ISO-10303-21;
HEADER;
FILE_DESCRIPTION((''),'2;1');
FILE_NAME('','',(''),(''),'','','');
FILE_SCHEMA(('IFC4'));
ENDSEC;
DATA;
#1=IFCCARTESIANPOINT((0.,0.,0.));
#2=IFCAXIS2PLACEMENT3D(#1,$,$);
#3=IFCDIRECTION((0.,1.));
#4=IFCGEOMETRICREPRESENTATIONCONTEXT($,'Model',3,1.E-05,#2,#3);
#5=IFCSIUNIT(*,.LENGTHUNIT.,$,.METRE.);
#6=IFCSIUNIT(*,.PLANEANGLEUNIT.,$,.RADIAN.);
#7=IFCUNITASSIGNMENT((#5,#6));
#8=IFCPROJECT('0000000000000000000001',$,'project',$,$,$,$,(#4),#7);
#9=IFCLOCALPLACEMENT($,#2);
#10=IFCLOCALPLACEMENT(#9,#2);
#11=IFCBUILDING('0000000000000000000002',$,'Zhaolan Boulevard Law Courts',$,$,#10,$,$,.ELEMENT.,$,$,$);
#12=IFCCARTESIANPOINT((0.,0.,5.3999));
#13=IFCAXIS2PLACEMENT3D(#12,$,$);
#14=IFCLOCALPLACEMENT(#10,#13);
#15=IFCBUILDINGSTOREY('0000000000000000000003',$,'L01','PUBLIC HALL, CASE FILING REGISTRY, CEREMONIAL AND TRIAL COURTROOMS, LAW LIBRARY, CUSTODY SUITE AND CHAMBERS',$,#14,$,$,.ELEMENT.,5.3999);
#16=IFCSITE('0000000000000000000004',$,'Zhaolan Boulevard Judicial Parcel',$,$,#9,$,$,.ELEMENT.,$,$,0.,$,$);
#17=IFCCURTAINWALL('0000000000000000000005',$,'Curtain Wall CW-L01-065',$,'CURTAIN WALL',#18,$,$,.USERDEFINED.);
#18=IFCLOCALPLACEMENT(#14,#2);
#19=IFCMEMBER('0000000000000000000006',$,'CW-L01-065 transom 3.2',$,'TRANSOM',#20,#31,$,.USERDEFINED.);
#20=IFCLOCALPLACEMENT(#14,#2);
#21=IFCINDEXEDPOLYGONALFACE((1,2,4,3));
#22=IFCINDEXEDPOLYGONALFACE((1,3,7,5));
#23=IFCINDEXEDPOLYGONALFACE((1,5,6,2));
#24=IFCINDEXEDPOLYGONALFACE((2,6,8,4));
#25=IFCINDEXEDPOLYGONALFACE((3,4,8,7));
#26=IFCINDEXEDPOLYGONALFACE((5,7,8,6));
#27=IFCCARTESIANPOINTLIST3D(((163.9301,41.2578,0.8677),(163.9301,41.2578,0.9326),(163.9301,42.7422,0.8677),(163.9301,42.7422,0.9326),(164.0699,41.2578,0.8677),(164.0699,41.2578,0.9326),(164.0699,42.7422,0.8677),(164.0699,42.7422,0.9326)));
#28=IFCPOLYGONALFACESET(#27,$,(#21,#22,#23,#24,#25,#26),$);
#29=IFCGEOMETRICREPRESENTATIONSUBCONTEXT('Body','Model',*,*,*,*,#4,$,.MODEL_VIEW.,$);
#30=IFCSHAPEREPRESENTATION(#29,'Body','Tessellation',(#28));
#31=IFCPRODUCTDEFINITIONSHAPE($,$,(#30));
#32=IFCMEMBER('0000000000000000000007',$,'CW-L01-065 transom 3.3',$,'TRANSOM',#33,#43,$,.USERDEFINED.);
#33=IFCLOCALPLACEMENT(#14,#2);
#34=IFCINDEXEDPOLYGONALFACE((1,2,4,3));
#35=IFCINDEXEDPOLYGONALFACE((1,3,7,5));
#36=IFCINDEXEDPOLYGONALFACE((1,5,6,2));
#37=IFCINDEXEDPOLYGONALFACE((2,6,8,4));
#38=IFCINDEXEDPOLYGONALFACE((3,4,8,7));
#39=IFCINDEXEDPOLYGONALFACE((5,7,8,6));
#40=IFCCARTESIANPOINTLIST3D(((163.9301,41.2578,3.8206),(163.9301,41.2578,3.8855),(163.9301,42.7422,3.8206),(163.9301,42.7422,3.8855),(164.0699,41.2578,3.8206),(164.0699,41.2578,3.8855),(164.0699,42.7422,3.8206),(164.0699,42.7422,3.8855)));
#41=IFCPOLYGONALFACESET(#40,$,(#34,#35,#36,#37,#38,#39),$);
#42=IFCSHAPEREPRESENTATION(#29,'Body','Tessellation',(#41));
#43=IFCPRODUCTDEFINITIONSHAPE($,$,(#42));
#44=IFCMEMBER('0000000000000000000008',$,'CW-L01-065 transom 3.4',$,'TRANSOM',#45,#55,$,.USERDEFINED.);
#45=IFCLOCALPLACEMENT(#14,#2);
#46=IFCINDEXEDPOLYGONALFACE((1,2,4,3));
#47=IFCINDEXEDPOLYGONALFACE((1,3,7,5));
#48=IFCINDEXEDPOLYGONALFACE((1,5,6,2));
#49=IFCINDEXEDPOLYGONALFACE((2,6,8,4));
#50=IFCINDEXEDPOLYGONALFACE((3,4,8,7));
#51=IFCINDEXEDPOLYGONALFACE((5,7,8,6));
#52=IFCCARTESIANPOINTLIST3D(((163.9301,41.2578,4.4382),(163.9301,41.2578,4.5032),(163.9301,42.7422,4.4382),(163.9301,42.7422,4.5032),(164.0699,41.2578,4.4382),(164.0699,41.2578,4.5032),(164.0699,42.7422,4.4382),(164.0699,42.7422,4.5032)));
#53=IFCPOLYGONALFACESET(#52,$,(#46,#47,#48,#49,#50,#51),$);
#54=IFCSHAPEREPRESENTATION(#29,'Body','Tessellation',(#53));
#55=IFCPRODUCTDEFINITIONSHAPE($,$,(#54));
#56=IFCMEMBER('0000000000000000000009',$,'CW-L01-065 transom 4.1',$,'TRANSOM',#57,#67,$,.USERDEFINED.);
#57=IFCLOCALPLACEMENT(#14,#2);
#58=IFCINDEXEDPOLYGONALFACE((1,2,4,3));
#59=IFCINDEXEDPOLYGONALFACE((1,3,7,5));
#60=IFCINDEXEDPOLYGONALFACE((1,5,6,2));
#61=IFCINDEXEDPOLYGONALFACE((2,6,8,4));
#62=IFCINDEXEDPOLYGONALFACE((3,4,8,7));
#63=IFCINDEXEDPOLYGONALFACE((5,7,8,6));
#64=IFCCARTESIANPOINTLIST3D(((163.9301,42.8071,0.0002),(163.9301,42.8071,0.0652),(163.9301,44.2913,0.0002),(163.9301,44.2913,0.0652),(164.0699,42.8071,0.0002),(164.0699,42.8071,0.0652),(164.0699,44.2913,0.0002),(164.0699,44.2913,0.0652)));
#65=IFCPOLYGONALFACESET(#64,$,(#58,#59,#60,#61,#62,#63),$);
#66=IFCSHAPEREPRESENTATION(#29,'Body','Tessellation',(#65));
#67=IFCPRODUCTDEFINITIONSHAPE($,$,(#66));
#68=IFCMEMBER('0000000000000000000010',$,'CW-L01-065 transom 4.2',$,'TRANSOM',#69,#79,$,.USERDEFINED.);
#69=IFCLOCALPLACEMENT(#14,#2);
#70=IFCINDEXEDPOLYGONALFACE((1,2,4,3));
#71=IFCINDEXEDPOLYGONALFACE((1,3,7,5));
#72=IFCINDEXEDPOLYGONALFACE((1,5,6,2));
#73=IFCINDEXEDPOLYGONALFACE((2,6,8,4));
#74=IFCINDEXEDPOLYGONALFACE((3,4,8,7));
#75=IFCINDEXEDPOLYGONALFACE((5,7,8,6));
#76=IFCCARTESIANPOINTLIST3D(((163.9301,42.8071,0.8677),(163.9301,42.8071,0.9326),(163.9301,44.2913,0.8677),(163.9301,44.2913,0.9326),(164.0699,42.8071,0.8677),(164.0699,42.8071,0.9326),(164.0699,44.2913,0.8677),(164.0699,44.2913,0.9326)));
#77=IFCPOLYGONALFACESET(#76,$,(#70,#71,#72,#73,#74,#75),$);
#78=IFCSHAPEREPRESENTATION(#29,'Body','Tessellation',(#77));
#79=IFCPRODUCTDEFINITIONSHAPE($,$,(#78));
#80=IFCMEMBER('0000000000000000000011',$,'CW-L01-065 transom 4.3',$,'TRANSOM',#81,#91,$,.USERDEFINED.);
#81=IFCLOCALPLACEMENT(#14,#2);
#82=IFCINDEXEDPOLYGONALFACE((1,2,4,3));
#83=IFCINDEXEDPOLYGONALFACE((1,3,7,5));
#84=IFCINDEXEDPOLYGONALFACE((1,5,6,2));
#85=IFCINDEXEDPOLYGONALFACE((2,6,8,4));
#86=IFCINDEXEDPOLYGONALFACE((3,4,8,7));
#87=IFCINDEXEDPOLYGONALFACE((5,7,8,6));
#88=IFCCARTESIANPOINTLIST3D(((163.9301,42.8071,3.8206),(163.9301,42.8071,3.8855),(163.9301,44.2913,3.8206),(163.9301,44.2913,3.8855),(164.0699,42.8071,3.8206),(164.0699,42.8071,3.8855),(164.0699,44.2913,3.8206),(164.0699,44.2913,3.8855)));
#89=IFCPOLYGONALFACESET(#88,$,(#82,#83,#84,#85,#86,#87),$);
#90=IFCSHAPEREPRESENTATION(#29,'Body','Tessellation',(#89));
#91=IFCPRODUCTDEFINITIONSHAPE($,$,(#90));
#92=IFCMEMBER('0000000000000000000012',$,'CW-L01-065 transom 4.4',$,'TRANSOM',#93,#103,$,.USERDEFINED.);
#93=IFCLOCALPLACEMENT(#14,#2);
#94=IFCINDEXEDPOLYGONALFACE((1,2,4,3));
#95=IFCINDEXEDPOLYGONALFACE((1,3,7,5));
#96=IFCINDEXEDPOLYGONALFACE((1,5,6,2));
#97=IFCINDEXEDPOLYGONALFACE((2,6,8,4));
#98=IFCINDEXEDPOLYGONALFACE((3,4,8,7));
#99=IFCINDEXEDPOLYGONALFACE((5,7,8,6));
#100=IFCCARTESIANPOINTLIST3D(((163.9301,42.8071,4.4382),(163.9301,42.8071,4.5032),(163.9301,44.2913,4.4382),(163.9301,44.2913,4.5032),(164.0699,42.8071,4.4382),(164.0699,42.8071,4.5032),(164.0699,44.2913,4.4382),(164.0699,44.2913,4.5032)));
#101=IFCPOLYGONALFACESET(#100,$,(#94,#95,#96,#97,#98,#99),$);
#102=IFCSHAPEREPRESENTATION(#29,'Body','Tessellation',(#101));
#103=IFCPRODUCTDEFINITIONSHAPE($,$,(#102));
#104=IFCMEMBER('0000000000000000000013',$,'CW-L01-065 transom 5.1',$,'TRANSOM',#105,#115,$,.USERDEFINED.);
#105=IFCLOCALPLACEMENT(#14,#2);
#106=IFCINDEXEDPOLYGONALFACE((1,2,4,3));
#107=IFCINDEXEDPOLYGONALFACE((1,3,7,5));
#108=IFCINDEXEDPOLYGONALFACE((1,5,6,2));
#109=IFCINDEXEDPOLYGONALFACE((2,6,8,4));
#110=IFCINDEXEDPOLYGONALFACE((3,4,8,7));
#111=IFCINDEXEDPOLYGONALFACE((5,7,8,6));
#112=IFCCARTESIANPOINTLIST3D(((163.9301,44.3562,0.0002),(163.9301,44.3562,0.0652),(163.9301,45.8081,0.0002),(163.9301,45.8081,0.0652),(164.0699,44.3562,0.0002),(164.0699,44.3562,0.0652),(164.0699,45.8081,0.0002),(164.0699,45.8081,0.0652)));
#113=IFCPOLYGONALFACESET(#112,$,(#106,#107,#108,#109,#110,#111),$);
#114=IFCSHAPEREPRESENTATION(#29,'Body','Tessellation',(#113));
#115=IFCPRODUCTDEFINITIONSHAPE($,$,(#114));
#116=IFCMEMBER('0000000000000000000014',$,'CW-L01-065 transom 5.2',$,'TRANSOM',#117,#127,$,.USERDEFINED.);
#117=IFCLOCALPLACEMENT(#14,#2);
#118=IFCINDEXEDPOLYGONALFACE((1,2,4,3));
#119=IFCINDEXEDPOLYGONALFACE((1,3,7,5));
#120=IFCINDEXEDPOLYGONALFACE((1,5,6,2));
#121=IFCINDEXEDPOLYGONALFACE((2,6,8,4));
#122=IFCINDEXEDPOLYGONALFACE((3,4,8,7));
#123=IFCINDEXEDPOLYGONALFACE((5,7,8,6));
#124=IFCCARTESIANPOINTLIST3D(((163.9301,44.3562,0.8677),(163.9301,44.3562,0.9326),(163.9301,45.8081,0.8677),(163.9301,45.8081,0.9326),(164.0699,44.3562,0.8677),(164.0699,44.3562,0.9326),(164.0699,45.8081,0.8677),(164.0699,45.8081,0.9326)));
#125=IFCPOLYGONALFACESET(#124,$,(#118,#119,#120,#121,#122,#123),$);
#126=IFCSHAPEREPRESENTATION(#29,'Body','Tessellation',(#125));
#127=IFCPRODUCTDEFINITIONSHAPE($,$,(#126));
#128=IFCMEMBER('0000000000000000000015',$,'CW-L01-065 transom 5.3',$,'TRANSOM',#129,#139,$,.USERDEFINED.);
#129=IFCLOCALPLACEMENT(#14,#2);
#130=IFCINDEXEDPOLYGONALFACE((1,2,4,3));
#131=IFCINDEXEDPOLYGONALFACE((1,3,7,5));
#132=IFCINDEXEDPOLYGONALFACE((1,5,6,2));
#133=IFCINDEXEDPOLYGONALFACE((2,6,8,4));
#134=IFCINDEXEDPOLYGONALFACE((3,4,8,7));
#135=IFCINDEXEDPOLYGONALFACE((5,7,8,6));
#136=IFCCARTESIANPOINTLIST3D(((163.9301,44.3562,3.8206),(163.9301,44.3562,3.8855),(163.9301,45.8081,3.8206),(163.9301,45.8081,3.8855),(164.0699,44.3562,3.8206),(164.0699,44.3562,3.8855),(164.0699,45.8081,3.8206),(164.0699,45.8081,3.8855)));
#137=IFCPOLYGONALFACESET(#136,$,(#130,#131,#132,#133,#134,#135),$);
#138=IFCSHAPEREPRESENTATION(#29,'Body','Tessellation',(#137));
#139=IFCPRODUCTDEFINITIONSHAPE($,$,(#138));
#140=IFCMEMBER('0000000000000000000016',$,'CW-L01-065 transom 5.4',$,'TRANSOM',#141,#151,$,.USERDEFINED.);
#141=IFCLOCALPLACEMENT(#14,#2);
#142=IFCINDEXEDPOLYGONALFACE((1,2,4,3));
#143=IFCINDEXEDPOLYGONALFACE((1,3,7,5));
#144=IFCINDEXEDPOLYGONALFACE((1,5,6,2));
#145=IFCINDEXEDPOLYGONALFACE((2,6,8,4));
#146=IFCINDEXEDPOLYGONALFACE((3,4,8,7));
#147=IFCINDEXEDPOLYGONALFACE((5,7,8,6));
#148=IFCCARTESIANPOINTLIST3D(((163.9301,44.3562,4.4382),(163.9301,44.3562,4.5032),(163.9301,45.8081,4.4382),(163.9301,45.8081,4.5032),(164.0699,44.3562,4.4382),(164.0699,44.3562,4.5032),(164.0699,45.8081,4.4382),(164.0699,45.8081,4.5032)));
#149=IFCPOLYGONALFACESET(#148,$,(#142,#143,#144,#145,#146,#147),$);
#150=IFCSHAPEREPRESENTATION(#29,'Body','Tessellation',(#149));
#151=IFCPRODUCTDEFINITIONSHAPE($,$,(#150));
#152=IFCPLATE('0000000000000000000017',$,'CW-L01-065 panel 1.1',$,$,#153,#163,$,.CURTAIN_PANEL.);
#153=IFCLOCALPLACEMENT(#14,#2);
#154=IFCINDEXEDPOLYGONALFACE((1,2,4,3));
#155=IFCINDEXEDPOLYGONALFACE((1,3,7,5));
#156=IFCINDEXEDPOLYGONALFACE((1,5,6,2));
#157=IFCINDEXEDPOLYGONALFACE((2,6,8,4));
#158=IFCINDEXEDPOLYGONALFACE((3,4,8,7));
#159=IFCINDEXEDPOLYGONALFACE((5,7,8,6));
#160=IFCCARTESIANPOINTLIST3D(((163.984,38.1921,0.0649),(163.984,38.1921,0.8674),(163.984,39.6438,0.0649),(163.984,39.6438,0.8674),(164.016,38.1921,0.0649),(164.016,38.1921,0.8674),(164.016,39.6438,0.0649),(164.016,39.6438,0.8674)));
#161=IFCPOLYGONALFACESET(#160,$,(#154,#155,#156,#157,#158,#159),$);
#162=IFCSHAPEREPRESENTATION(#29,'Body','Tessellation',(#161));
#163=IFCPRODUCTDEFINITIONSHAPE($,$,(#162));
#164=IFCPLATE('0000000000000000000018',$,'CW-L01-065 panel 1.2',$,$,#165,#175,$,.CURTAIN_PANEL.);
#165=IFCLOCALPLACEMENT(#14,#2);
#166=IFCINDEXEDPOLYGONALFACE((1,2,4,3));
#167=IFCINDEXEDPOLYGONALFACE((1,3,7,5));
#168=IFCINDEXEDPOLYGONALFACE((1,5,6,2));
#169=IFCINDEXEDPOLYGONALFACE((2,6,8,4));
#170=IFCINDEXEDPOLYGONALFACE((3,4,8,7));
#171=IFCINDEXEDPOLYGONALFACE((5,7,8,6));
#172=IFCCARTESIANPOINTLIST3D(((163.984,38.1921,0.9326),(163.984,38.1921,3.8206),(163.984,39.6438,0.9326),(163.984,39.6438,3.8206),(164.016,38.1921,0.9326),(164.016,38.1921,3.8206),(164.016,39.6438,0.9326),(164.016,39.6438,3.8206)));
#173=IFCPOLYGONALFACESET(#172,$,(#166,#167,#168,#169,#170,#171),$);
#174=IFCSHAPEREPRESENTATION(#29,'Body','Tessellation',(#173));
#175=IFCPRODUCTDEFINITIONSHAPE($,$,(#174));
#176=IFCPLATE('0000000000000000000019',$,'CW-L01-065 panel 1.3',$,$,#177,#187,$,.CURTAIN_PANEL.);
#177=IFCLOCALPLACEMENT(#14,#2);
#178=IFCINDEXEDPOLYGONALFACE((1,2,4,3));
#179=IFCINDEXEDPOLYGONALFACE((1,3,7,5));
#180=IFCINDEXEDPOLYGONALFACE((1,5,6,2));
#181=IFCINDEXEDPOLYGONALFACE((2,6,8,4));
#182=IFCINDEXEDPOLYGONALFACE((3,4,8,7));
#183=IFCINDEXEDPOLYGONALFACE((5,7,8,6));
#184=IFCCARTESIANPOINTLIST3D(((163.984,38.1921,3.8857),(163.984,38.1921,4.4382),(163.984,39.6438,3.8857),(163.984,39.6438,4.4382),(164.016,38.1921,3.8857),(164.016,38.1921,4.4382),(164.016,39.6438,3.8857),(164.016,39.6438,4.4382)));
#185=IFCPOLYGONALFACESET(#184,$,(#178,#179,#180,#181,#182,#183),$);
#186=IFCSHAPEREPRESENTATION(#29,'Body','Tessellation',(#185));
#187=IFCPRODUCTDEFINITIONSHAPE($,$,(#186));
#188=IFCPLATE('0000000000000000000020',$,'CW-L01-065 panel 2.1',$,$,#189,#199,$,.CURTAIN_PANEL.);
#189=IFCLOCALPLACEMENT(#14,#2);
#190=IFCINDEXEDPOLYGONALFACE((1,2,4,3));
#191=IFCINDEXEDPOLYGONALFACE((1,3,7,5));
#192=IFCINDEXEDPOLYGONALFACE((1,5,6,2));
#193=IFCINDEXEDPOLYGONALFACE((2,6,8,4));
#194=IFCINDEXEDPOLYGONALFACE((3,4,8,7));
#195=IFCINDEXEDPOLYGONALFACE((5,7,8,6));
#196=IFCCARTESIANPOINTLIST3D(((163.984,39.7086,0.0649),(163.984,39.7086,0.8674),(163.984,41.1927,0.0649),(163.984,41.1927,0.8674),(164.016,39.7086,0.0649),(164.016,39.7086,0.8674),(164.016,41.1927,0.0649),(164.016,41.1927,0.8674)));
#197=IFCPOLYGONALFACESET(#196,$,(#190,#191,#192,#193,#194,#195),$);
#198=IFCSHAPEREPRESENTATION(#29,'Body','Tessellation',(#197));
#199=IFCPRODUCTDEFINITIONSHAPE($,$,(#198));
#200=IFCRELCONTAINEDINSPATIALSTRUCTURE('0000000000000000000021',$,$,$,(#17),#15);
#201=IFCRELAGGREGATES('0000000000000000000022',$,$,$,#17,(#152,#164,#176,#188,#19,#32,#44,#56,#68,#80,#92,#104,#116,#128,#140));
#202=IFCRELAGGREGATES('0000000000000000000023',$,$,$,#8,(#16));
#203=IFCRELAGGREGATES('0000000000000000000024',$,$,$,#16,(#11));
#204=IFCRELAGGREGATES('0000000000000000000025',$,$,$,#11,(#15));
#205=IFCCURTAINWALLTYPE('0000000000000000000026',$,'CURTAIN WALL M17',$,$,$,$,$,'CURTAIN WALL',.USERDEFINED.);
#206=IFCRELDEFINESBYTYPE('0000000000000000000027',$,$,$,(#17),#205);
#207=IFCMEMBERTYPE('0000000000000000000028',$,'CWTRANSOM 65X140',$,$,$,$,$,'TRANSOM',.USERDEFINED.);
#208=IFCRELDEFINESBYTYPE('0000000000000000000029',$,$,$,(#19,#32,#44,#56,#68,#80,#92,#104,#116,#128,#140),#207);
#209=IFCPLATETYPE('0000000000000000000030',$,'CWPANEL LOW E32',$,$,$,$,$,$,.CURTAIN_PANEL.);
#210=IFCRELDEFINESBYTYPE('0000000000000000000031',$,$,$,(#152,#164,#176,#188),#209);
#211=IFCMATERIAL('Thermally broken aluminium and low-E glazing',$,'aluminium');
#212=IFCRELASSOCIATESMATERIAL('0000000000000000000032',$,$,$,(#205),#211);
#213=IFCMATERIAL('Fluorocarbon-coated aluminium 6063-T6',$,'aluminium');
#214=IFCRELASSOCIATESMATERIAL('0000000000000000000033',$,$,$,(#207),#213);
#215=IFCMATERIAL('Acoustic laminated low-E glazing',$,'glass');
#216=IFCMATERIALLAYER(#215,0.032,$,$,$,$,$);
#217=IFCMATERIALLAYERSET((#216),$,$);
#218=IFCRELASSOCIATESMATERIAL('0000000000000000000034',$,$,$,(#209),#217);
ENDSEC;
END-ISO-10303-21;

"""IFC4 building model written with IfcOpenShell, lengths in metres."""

from ifc_helpers import new_model, si_unit, direction, frame, origin, origin_2d, place, context, subcontext, project, spatial, rectangle, extrude, material, layer, layer_set, material_profile, profile_set, type_object, element, aggregate, save


model = new_model("IFC4")

# Units and contexts
model_context = context("Model", 3, precision=1e-05, world=origin(), true_north=direction((0.0, 1.0)))
body_context = subcontext(model_context, "Body", "Model", "MODEL_VIEW")
ifc_project = project(units=[si_unit("LENGTHUNIT", "METRE"), si_unit("PLANEANGLEUNIT", "RADIAN")], contexts=[model_context])

# Site, building, storey
site_placement = place(None, origin())
site = spatial("IfcSite", under=ifc_project, at=site_placement, Name="Zhaolan Boulevard Judicial Parcel", CompositionType="ELEMENT", RefElevation=0.0)
building_placement = place(site_placement, origin())
building = spatial("IfcBuilding", under=site, at=building_placement, Name="Zhaolan Boulevard Law Courts", CompositionType="ELEMENT")
storey_placement = place(building_placement, frame((0.0, 0.0, 5.3999)))
storey = spatial("IfcBuildingStorey", under=building, at=storey_placement, Name="L01", Description="PUBLIC HALL, CASE FILING REGISTRY, CEREMONIAL AND TRIAL COURTROOMS, LAW LIBRARY, CUSTODY SUITE AND CHAMBERS", CompositionType="ELEMENT", Elevation=5.3999)

# Curtain wall, members, plates
ifc_material_1 = material(Name="Thermally broken aluminium and low-E glazing", Category="aluminium")
curtain_wall_type = type_object("IfcCurtainWallType", Name="CURTAIN WALL M17", ElementType="CURTAIN WALL", PredefinedType="USERDEFINED", material=ifc_material_1)
curtain_wall_placement = place(storey_placement, origin())
curtain_wall = element("IfcCurtainWall", 1, at=curtain_wall_placement, inside=storey, type_object=curtain_wall_type, Name="Curtain Wall CW-L01-065", ObjectType="CURTAIN WALL", PredefinedType="USERDEFINED")
ifc_material_2 = material(Name="Fluorocarbon-coated aluminium 6063-T6", Category="aluminium")
ifc_material_profile_1 = material_profile(ifc_material_2, rectangle(XDim=0.1399, YDim=0.0649, at=origin_2d()), Name="AL65x140")
ifc_profile_set_1 = profile_set([ifc_material_profile_1], Name="Fluorocarbon-coated aluminium 6063-T6")
member_type_1 = type_object("IfcMemberType", Name="CWTRANSOM 65X140", ElementType="TRANSOM", PredefinedType="USERDEFINED", material=ifc_profile_set_1)
member_1_placement = place(storey_placement, frame((164.0, 41.2578, 0.9001), z_axis=(0.0, 1.0, 0.0), x_axis=(-1.0, 0.0, 0.0)))
member_1 = element("IfcMember", 2, at=member_1_placement, type_object=member_type_1, Name="CW-L01-065 transom 3.2", ObjectType="TRANSOM", PredefinedType="USERDEFINED", context=body_context, shape_type="SweptSolid", body=[
    extrude(rectangle(XDim=0.1399, YDim=0.0649, at=origin_2d()), origin(), (0.0, 0.0, 1.0), 1.4844),
])
member_2_placement = place(storey_placement, frame((164.0, 41.2578, 3.853), z_axis=(0.0, 1.0, 0.0), x_axis=(-1.0, 0.0, 0.0)))
member_2 = element("IfcMember", 3, at=member_2_placement, type_object=member_type_1, Name="CW-L01-065 transom 3.3", ObjectType="TRANSOM", PredefinedType="USERDEFINED", context=body_context, shape_type="SweptSolid", body=[
    extrude(rectangle(XDim=0.1399, YDim=0.0649, at=origin_2d()), origin(), (0.0, 0.0, 1.0), 1.4844),
])
member_3_placement = place(storey_placement, frame((164.0, 41.2578, 4.4707), z_axis=(0.0, 1.0, 0.0), x_axis=(-1.0, 0.0, 0.0)))
member_3 = element("IfcMember", 4, at=member_3_placement, type_object=member_type_1, Name="CW-L01-065 transom 3.4", ObjectType="TRANSOM", PredefinedType="USERDEFINED", context=body_context, shape_type="SweptSolid", body=[
    extrude(rectangle(XDim=0.1399, YDim=0.0649, at=origin_2d()), origin(), (0.0, 0.0, 1.0), 1.4844),
])
member_4_placement = place(storey_placement, frame((164.0, 42.8071, 0.0327), z_axis=(0.0, 1.0, 0.0), x_axis=(-1.0, 0.0, 0.0)))
member_4 = element("IfcMember", 5, at=member_4_placement, type_object=member_type_1, Name="CW-L01-065 transom 4.1", ObjectType="TRANSOM", PredefinedType="USERDEFINED", context=body_context, shape_type="SweptSolid", body=[
    extrude(rectangle(XDim=0.1399, YDim=0.0649, at=origin_2d()), origin(), (0.0, 0.0, 1.0), 1.4841),
])
member_5_placement = place(storey_placement, frame((164.0, 42.8071, 0.9001), z_axis=(0.0, 1.0, 0.0), x_axis=(-1.0, 0.0, 0.0)))
member_5 = element("IfcMember", 6, at=member_5_placement, type_object=member_type_1, Name="CW-L01-065 transom 4.2", ObjectType="TRANSOM", PredefinedType="USERDEFINED", context=body_context, shape_type="SweptSolid", body=[
    extrude(rectangle(XDim=0.1399, YDim=0.0649, at=origin_2d()), origin(), (0.0, 0.0, 1.0), 1.4841),
])
member_6_placement = place(storey_placement, frame((164.0, 42.8071, 3.853), z_axis=(0.0, 1.0, 0.0), x_axis=(-1.0, 0.0, 0.0)))
member_6 = element("IfcMember", 7, at=member_6_placement, type_object=member_type_1, Name="CW-L01-065 transom 4.3", ObjectType="TRANSOM", PredefinedType="USERDEFINED", context=body_context, shape_type="SweptSolid", body=[
    extrude(rectangle(XDim=0.1399, YDim=0.0649, at=origin_2d()), origin(), (0.0, 0.0, 1.0), 1.4841),
])
member_7_placement = place(storey_placement, frame((164.0, 42.8071, 4.4707), z_axis=(0.0, 1.0, 0.0), x_axis=(-1.0, 0.0, 0.0)))
member_7 = element("IfcMember", 8, at=member_7_placement, type_object=member_type_1, Name="CW-L01-065 transom 4.4", ObjectType="TRANSOM", PredefinedType="USERDEFINED", context=body_context, shape_type="SweptSolid", body=[
    extrude(rectangle(XDim=0.1399, YDim=0.0649, at=origin_2d()), origin(), (0.0, 0.0, 1.0), 1.4841),
])
member_8_placement = place(storey_placement, frame((164.0, 44.3562, 0.0327), z_axis=(0.0, 1.0, 0.0), x_axis=(-1.0, 0.0, 0.0)))
member_8 = element("IfcMember", 9, at=member_8_placement, type_object=member_type_1, Name="CW-L01-065 transom 5.1", ObjectType="TRANSOM", PredefinedType="USERDEFINED", context=body_context, shape_type="SweptSolid", body=[
    extrude(rectangle(XDim=0.1399, YDim=0.0649, at=origin_2d()), origin(), (0.0, 0.0, 1.0), 1.4519),
])
member_9_placement = place(storey_placement, frame((164.0, 44.3562, 0.9001), z_axis=(0.0, 1.0, 0.0), x_axis=(-1.0, 0.0, 0.0)))
member_9 = element("IfcMember", 10, at=member_9_placement, type_object=member_type_1, Name="CW-L01-065 transom 5.2", ObjectType="TRANSOM", PredefinedType="USERDEFINED", context=body_context, shape_type="SweptSolid", body=[
    extrude(rectangle(XDim=0.1399, YDim=0.0649, at=origin_2d()), origin(), (0.0, 0.0, 1.0), 1.4519),
])
member_10_placement = place(storey_placement, frame((164.0, 44.3562, 3.853), z_axis=(0.0, 1.0, 0.0), x_axis=(-1.0, 0.0, 0.0)))
member_10 = element("IfcMember", 11, at=member_10_placement, type_object=member_type_1, Name="CW-L01-065 transom 5.3", ObjectType="TRANSOM", PredefinedType="USERDEFINED", context=body_context, shape_type="SweptSolid", body=[
    extrude(rectangle(XDim=0.1399, YDim=0.0649, at=origin_2d()), origin(), (0.0, 0.0, 1.0), 1.4519),
])
member_11_placement = place(storey_placement, frame((164.0, 44.3562, 4.4707), z_axis=(0.0, 1.0, 0.0), x_axis=(-1.0, 0.0, 0.0)))
member_11 = element("IfcMember", 12, at=member_11_placement, type_object=member_type_1, Name="CW-L01-065 transom 5.4", ObjectType="TRANSOM", PredefinedType="USERDEFINED", context=body_context, shape_type="SweptSolid", body=[
    extrude(rectangle(XDim=0.1399, YDim=0.0649, at=origin_2d()), origin(), (0.0, 0.0, 1.0), 1.4519),
])
ifc_material_3 = material(Name="Acoustic laminated low-E glazing", Category="glass")
ifc_layer_1 = layer(ifc_material_3, 0.032)
ifc_layer_set_1 = layer_set([ifc_layer_1])
plate_type = type_object("IfcPlateType", Name="CWPANEL LOW E32", PredefinedType="CURTAIN_PANEL", material=ifc_layer_set_1)
plate_1_placement = place(storey_placement, frame((164.0, 38.918, 0.0649), z_axis=(0.0, 0.0, 1.0), x_axis=(0.0, 1.0, 0.0)))
plate_1 = element("IfcPlate", 13, at=plate_1_placement, type_object=plate_type, Name="CW-L01-065 panel 1.1", PredefinedType="CURTAIN_PANEL", context=body_context, shape_type="SweptSolid", body=[
    extrude(rectangle(XDim=1.4517, YDim=0.032, at=origin_2d()), origin(), (0.0, 0.0, 1.0), 0.8025),
])
plate_2_placement = place(storey_placement, frame((164.0, 38.918, 0.9326), z_axis=(0.0, 0.0, 1.0), x_axis=(0.0, 1.0, 0.0)))
plate_2 = element("IfcPlate", 14, at=plate_2_placement, type_object=plate_type, Name="CW-L01-065 panel 1.2", PredefinedType="CURTAIN_PANEL", context=body_context, shape_type="SweptSolid", body=[
    extrude(rectangle(XDim=1.4517, YDim=0.032, at=origin_2d()), origin(), (0.0, 0.0, 1.0), 2.8879),
])
plate_3_placement = place(storey_placement, frame((164.0, 38.918, 3.8857), z_axis=(0.0, 0.0, 1.0), x_axis=(0.0, 1.0, 0.0)))
plate_3 = element("IfcPlate", 15, at=plate_3_placement, type_object=plate_type, Name="CW-L01-065 panel 1.3", PredefinedType="CURTAIN_PANEL", context=body_context, shape_type="SweptSolid", body=[
    extrude(rectangle(XDim=1.4517, YDim=0.032, at=origin_2d()), origin(), (0.0, 0.0, 1.0), 0.5525),
])
plate_4_placement = place(storey_placement, frame((164.0, 40.4507, 0.0649), z_axis=(0.0, 0.0, 1.0), x_axis=(0.0, 1.0, 0.0)))
plate_4 = element("IfcPlate", 16, at=plate_4_placement, type_object=plate_type, Name="CW-L01-065 panel 2.1", PredefinedType="CURTAIN_PANEL", context=body_context, shape_type="SweptSolid", body=[
    extrude(rectangle(XDim=1.4841, YDim=0.032, at=origin_2d()), origin(), (0.0, 0.0, 1.0), 0.8025),
])
aggregate(curtain_wall, [plate_1, plate_2, plate_3, plate_4, member_1, member_2, member_3, member_4, member_5, member_6, member_7, member_8, member_9, member_10, member_11])

save(model, "model.ifc")
